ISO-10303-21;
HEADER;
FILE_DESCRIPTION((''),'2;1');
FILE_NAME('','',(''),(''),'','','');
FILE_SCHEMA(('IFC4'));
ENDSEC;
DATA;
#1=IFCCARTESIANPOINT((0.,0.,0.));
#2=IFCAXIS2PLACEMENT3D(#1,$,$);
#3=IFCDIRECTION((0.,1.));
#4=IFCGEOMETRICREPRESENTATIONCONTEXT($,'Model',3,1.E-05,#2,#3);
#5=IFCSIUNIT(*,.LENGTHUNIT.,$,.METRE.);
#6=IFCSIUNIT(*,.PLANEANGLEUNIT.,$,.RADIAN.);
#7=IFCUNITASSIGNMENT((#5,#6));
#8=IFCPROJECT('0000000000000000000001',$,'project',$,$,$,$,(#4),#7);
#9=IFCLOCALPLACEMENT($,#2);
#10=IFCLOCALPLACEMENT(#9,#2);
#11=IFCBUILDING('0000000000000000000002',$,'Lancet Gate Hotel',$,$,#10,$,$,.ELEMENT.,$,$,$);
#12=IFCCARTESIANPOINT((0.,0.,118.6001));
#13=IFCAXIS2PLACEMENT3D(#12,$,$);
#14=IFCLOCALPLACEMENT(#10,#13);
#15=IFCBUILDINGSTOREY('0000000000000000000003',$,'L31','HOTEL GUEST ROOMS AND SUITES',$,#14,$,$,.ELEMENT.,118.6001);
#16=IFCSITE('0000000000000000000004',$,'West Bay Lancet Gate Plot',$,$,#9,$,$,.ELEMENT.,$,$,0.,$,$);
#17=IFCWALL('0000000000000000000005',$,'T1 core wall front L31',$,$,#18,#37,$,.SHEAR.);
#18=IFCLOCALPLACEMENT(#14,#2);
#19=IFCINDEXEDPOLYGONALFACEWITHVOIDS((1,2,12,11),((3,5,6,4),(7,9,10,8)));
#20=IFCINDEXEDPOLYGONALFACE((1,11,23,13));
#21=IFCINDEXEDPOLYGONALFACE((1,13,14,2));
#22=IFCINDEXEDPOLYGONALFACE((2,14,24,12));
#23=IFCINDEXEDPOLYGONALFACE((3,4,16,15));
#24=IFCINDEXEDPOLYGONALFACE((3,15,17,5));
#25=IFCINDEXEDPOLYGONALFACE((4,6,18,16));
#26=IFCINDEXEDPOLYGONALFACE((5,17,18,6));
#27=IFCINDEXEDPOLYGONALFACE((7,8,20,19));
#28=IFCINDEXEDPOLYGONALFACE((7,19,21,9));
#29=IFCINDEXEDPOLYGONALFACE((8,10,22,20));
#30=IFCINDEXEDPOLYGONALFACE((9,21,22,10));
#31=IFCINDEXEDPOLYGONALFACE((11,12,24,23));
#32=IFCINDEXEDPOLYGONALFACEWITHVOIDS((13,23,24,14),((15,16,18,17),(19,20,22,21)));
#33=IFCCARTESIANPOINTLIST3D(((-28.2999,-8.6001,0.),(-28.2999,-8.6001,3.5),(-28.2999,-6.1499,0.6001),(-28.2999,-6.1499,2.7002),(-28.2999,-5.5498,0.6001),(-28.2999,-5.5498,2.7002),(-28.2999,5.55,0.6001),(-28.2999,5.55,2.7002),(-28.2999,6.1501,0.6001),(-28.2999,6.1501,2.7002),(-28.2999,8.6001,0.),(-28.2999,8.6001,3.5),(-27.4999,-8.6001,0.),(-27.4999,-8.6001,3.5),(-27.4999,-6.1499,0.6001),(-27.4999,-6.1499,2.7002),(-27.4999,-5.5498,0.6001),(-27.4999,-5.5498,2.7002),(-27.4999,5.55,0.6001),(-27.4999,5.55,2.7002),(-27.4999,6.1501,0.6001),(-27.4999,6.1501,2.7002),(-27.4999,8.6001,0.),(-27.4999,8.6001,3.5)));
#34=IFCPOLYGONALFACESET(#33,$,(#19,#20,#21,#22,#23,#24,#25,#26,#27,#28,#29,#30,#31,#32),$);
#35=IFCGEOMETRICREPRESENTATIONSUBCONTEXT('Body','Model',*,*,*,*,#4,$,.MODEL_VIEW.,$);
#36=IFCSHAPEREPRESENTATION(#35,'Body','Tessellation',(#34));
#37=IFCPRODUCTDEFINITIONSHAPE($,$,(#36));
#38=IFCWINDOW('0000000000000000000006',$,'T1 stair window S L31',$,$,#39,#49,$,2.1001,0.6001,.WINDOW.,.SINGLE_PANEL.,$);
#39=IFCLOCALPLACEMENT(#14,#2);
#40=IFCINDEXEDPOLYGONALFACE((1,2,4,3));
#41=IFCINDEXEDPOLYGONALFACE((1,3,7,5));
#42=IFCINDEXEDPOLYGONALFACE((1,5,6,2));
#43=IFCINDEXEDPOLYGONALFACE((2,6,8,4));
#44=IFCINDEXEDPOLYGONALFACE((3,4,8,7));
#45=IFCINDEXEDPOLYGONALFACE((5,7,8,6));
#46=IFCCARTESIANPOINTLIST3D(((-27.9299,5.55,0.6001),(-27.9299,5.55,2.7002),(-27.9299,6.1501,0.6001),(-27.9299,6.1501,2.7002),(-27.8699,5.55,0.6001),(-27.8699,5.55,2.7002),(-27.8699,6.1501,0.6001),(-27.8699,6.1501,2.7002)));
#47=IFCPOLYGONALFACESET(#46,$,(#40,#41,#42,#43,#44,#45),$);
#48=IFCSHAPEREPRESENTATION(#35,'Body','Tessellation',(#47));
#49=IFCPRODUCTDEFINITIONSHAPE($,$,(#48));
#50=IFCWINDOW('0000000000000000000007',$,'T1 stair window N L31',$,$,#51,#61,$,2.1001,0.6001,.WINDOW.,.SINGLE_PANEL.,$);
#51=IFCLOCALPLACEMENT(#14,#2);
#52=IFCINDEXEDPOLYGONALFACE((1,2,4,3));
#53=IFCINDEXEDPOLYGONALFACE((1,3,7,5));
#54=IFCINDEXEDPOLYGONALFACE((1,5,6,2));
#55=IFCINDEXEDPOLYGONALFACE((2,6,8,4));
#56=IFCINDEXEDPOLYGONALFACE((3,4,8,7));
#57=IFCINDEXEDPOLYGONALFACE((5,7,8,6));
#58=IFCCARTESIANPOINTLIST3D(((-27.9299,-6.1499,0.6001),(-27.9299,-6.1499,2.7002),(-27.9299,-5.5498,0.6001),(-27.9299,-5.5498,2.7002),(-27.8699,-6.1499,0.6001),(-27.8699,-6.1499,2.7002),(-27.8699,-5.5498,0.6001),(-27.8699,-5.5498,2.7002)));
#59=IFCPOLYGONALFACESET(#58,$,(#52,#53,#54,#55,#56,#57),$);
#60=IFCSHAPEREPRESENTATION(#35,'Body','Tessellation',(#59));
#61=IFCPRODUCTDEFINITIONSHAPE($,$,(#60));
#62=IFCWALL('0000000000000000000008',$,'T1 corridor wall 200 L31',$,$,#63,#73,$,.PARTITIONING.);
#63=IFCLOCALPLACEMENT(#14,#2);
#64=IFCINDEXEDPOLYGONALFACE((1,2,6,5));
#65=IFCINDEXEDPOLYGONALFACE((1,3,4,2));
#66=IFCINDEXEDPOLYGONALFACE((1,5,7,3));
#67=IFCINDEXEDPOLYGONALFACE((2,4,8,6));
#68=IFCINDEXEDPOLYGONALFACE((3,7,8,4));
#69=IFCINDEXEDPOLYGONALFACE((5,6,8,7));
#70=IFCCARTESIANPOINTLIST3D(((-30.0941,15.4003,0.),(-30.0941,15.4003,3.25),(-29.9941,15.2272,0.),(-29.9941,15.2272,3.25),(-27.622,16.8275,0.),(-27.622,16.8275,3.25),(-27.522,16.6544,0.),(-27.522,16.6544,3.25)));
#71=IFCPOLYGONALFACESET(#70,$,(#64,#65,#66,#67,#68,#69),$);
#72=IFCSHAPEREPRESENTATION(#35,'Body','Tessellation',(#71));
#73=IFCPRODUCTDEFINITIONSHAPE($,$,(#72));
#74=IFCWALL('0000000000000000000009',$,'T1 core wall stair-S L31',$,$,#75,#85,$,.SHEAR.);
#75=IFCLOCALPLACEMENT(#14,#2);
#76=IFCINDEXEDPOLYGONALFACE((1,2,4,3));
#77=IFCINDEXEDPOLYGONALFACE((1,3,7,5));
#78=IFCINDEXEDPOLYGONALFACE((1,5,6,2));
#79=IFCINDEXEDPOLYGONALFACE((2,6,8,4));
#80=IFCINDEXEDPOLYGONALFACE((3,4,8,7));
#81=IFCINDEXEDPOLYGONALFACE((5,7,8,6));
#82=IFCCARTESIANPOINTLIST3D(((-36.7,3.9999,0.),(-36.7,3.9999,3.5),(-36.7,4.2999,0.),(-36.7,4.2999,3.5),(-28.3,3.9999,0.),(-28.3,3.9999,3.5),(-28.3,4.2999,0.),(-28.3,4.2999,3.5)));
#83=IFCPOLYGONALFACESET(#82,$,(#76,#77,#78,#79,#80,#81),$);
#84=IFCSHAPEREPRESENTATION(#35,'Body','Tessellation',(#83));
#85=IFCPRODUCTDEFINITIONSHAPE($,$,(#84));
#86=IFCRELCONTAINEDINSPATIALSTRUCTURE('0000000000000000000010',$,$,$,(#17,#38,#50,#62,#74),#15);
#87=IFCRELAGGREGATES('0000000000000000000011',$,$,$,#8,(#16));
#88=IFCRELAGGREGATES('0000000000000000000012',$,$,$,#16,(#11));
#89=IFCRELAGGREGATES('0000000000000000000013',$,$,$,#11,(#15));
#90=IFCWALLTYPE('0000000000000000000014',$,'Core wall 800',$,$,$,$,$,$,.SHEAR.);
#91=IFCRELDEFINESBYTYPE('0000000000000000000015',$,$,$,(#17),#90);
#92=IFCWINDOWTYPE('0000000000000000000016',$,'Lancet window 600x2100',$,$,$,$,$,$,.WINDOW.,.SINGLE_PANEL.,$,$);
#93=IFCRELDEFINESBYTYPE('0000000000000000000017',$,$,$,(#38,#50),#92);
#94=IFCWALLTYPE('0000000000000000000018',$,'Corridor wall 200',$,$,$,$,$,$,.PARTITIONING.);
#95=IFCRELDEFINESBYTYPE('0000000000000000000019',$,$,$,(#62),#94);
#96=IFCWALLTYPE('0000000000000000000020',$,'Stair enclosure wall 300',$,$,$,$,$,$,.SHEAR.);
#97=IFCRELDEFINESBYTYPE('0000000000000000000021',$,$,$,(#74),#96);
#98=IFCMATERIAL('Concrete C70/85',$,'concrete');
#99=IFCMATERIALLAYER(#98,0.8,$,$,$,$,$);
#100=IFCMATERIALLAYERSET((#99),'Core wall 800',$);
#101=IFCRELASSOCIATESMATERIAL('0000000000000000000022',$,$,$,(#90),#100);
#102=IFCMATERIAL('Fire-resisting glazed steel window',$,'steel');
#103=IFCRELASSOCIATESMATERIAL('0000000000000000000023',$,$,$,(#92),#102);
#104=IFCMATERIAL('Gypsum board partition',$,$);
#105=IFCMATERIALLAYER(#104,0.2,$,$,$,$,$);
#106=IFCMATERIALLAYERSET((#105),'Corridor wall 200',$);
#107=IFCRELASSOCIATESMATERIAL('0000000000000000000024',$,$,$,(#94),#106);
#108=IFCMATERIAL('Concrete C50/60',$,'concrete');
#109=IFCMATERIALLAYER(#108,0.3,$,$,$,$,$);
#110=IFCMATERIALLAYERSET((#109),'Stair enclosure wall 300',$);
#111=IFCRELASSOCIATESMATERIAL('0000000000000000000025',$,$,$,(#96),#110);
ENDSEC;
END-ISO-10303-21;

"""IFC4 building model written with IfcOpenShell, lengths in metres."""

from ifc_helpers import new_model, si_unit, direction, frame, frame_2d, origin, place, context, subcontext, project, spatial, rectangle, extrude, material, layer, layer_set, type_object, element, fill, save


model = new_model("IFC4")

# Units and contexts
model_context = context("Model", 3, precision=1e-05, world=origin(), true_north=direction((0.0, 1.0)))
body_context = subcontext(model_context, "Body", "Model", "MODEL_VIEW")
ifc_project = project(units=[si_unit("LENGTHUNIT", "METRE"), si_unit("PLANEANGLEUNIT", "RADIAN")], contexts=[model_context])

# Site, building, storey
site_placement = place(None, origin())
site = spatial("IfcSite", under=ifc_project, at=site_placement, Name="West Bay Lancet Gate Plot", CompositionType="ELEMENT", RefElevation=0.0)
building_placement = place(site_placement, origin())
building = spatial("IfcBuilding", under=site, at=building_placement, Name="Lancet Gate Hotel", CompositionType="ELEMENT")
storey_placement = place(building_placement, frame((0.0, 0.0, 118.6001)))
storey = spatial("IfcBuildingStorey", under=building, at=storey_placement, Name="L31", Description="HOTEL GUEST ROOMS AND SUITES", CompositionType="ELEMENT", Elevation=118.6001)

# Wall, openings, windows
ifc_material_1 = material(Name="Concrete C70/85", Category="concrete")
ifc_layer_1 = layer(ifc_material_1, 0.8)
ifc_layer_set_1 = layer_set([ifc_layer_1], Name="Core wall 800")
wall_type_1 = type_object("IfcWallType", Name="Core wall 800", PredefinedType="SHEAR", material=ifc_layer_set_1)
wall_1_placement = place(storey_placement, frame((-27.8999, 8.6001, 0.0), z_axis=(0.0, 0.0, 1.0), x_axis=(0.0, -1.0, 0.0)))
wall_1 = element("IfcWall", 1, at=wall_1_placement, inside=storey, type_object=wall_type_1, Name="T1 core wall front L31", PredefinedType="SHEAR", context=body_context, shape_type="SweptSolid", body=[
    extrude(rectangle(XDim=17.2002, YDim=0.8, at=frame_2d((8.6001, 0.0))), origin(), (0.0, 0.0, 1.0), 3.5),
])
opening_1_placement = place(wall_1_placement, frame((2.45, 0.0, 0.6001)))
opening_1 = element("IfcOpeningElement", 2, at=opening_1_placement, cuts=wall_1, PredefinedType="OPENING", context=body_context, shape_type="SweptSolid", body=[
    extrude(rectangle(XDim=0.6001, YDim=2.1001, at=frame_2d((0.3, 1.05))), frame((0.0, 0.4099, 0.0), z_axis=(0.0, -1.0, 0.0), x_axis=(1.0, 0.0, 0.0)), (0.0, 0.0, 1.0), 0.8201),
])
opening_2_placement = place(wall_1_placement, frame((14.1499, 0.0, 0.6001)))
opening_2 = element("IfcOpeningElement", 3, at=opening_2_placement, cuts=wall_1, PredefinedType="OPENING", context=body_context, shape_type="SweptSolid", body=[
    extrude(rectangle(XDim=0.6001, YDim=2.1001, at=frame_2d((0.3, 1.05))), frame((0.0, 0.4099, 0.0), z_axis=(0.0, -1.0, 0.0), x_axis=(1.0, 0.0, 0.0)), (0.0, 0.0, 1.0), 0.8201),
])
ifc_material_2 = material(Name="Fire-resisting glazed steel window", Category="steel")
window_type = type_object("IfcWindowType", Name="Lancet window 600x2100", PartitioningType="SINGLE_PANEL", PredefinedType="WINDOW", material=ifc_material_2)
window_1_placement = place(opening_1_placement, origin())
window_1 = element("IfcWindow", 4, at=window_1_placement, inside=storey, type_object=window_type, Name="T1 stair window S L31", OverallHeight=2.1001, OverallWidth=0.6001, PartitioningType="SINGLE_PANEL", PredefinedType="WINDOW", context=body_context, shape_type="SweptSolid", body=[
    extrude(rectangle(XDim=0.6001, YDim=2.1001, at=frame_2d((0.3, 1.05))), frame((0.0, 0.03, 0.0), z_axis=(0.0, -1.0, 0.0), x_axis=(1.0, 0.0, 0.0)), (0.0, 0.0, 1.0), 0.0601),
])
fill(opening_1, window_1)
window_2_placement = place(opening_2_placement, origin())
window_2 = element("IfcWindow", 5, at=window_2_placement, inside=storey, type_object=window_type, Name="T1 stair window N L31", OverallHeight=2.1001, OverallWidth=0.6001, PartitioningType="SINGLE_PANEL", PredefinedType="WINDOW", context=body_context, shape_type="SweptSolid", body=[
    extrude(rectangle(XDim=0.6001, YDim=2.1001, at=frame_2d((0.3, 1.05))), frame((0.0, 0.03, 0.0), z_axis=(0.0, -1.0, 0.0), x_axis=(1.0, 0.0, 0.0)), (0.0, 0.0, 1.0), 0.0601),
])
fill(opening_2, window_2)

# Walls
ifc_material_3 = material(Name="Gypsum board partition")
ifc_layer_2 = layer(ifc_material_3, 0.2)
ifc_layer_set_2 = layer_set([ifc_layer_2], Name="Corridor wall 200")
wall_type_2 = type_object("IfcWallType", Name="Corridor wall 200", PredefinedType="PARTITIONING", material=ifc_layer_set_2)
wall_2_placement = place(storey_placement, frame((-27.572, 16.741, 0.0), z_axis=(0.0, 0.0, 1.0), x_axis=(-0.866035, -0.499984, 0.0)))
element("IfcWall", 6, at=wall_2_placement, inside=storey, type_object=wall_type_2, Name="T1 corridor wall 200 L31", PredefinedType="PARTITIONING", context=body_context, shape_type="SweptSolid", body=[
    extrude(rectangle(XDim=2.8545, YDim=0.2, at=frame_2d((1.4272, 0.0))), origin(), (0.0, 0.0, 1.0), 3.25),
])
ifc_material_4 = material(Name="Concrete C50/60", Category="concrete")
ifc_layer_3 = layer(ifc_material_4, 0.3)
ifc_layer_set_3 = layer_set([ifc_layer_3], Name="Stair enclosure wall 300")
wall_type_3 = type_object("IfcWallType", Name="Stair enclosure wall 300", PredefinedType="SHEAR", material=ifc_layer_set_3)
wall_3_placement = place(storey_placement, frame((-28.3, 4.1499, 0.0), z_axis=(0.0, 0.0, 1.0), x_axis=(-1.0, 0.0, 0.0)))
element("IfcWall", 7, at=wall_3_placement, inside=storey, type_object=wall_type_3, Name="T1 core wall stair-S L31", PredefinedType="SHEAR", context=body_context, shape_type="SweptSolid", body=[
    extrude(rectangle(XDim=8.3999, YDim=0.3, at=frame_2d((4.2, 0.0))), origin(), (0.0, 0.0, 1.0), 3.5),
])

save(model, "model.ifc")
